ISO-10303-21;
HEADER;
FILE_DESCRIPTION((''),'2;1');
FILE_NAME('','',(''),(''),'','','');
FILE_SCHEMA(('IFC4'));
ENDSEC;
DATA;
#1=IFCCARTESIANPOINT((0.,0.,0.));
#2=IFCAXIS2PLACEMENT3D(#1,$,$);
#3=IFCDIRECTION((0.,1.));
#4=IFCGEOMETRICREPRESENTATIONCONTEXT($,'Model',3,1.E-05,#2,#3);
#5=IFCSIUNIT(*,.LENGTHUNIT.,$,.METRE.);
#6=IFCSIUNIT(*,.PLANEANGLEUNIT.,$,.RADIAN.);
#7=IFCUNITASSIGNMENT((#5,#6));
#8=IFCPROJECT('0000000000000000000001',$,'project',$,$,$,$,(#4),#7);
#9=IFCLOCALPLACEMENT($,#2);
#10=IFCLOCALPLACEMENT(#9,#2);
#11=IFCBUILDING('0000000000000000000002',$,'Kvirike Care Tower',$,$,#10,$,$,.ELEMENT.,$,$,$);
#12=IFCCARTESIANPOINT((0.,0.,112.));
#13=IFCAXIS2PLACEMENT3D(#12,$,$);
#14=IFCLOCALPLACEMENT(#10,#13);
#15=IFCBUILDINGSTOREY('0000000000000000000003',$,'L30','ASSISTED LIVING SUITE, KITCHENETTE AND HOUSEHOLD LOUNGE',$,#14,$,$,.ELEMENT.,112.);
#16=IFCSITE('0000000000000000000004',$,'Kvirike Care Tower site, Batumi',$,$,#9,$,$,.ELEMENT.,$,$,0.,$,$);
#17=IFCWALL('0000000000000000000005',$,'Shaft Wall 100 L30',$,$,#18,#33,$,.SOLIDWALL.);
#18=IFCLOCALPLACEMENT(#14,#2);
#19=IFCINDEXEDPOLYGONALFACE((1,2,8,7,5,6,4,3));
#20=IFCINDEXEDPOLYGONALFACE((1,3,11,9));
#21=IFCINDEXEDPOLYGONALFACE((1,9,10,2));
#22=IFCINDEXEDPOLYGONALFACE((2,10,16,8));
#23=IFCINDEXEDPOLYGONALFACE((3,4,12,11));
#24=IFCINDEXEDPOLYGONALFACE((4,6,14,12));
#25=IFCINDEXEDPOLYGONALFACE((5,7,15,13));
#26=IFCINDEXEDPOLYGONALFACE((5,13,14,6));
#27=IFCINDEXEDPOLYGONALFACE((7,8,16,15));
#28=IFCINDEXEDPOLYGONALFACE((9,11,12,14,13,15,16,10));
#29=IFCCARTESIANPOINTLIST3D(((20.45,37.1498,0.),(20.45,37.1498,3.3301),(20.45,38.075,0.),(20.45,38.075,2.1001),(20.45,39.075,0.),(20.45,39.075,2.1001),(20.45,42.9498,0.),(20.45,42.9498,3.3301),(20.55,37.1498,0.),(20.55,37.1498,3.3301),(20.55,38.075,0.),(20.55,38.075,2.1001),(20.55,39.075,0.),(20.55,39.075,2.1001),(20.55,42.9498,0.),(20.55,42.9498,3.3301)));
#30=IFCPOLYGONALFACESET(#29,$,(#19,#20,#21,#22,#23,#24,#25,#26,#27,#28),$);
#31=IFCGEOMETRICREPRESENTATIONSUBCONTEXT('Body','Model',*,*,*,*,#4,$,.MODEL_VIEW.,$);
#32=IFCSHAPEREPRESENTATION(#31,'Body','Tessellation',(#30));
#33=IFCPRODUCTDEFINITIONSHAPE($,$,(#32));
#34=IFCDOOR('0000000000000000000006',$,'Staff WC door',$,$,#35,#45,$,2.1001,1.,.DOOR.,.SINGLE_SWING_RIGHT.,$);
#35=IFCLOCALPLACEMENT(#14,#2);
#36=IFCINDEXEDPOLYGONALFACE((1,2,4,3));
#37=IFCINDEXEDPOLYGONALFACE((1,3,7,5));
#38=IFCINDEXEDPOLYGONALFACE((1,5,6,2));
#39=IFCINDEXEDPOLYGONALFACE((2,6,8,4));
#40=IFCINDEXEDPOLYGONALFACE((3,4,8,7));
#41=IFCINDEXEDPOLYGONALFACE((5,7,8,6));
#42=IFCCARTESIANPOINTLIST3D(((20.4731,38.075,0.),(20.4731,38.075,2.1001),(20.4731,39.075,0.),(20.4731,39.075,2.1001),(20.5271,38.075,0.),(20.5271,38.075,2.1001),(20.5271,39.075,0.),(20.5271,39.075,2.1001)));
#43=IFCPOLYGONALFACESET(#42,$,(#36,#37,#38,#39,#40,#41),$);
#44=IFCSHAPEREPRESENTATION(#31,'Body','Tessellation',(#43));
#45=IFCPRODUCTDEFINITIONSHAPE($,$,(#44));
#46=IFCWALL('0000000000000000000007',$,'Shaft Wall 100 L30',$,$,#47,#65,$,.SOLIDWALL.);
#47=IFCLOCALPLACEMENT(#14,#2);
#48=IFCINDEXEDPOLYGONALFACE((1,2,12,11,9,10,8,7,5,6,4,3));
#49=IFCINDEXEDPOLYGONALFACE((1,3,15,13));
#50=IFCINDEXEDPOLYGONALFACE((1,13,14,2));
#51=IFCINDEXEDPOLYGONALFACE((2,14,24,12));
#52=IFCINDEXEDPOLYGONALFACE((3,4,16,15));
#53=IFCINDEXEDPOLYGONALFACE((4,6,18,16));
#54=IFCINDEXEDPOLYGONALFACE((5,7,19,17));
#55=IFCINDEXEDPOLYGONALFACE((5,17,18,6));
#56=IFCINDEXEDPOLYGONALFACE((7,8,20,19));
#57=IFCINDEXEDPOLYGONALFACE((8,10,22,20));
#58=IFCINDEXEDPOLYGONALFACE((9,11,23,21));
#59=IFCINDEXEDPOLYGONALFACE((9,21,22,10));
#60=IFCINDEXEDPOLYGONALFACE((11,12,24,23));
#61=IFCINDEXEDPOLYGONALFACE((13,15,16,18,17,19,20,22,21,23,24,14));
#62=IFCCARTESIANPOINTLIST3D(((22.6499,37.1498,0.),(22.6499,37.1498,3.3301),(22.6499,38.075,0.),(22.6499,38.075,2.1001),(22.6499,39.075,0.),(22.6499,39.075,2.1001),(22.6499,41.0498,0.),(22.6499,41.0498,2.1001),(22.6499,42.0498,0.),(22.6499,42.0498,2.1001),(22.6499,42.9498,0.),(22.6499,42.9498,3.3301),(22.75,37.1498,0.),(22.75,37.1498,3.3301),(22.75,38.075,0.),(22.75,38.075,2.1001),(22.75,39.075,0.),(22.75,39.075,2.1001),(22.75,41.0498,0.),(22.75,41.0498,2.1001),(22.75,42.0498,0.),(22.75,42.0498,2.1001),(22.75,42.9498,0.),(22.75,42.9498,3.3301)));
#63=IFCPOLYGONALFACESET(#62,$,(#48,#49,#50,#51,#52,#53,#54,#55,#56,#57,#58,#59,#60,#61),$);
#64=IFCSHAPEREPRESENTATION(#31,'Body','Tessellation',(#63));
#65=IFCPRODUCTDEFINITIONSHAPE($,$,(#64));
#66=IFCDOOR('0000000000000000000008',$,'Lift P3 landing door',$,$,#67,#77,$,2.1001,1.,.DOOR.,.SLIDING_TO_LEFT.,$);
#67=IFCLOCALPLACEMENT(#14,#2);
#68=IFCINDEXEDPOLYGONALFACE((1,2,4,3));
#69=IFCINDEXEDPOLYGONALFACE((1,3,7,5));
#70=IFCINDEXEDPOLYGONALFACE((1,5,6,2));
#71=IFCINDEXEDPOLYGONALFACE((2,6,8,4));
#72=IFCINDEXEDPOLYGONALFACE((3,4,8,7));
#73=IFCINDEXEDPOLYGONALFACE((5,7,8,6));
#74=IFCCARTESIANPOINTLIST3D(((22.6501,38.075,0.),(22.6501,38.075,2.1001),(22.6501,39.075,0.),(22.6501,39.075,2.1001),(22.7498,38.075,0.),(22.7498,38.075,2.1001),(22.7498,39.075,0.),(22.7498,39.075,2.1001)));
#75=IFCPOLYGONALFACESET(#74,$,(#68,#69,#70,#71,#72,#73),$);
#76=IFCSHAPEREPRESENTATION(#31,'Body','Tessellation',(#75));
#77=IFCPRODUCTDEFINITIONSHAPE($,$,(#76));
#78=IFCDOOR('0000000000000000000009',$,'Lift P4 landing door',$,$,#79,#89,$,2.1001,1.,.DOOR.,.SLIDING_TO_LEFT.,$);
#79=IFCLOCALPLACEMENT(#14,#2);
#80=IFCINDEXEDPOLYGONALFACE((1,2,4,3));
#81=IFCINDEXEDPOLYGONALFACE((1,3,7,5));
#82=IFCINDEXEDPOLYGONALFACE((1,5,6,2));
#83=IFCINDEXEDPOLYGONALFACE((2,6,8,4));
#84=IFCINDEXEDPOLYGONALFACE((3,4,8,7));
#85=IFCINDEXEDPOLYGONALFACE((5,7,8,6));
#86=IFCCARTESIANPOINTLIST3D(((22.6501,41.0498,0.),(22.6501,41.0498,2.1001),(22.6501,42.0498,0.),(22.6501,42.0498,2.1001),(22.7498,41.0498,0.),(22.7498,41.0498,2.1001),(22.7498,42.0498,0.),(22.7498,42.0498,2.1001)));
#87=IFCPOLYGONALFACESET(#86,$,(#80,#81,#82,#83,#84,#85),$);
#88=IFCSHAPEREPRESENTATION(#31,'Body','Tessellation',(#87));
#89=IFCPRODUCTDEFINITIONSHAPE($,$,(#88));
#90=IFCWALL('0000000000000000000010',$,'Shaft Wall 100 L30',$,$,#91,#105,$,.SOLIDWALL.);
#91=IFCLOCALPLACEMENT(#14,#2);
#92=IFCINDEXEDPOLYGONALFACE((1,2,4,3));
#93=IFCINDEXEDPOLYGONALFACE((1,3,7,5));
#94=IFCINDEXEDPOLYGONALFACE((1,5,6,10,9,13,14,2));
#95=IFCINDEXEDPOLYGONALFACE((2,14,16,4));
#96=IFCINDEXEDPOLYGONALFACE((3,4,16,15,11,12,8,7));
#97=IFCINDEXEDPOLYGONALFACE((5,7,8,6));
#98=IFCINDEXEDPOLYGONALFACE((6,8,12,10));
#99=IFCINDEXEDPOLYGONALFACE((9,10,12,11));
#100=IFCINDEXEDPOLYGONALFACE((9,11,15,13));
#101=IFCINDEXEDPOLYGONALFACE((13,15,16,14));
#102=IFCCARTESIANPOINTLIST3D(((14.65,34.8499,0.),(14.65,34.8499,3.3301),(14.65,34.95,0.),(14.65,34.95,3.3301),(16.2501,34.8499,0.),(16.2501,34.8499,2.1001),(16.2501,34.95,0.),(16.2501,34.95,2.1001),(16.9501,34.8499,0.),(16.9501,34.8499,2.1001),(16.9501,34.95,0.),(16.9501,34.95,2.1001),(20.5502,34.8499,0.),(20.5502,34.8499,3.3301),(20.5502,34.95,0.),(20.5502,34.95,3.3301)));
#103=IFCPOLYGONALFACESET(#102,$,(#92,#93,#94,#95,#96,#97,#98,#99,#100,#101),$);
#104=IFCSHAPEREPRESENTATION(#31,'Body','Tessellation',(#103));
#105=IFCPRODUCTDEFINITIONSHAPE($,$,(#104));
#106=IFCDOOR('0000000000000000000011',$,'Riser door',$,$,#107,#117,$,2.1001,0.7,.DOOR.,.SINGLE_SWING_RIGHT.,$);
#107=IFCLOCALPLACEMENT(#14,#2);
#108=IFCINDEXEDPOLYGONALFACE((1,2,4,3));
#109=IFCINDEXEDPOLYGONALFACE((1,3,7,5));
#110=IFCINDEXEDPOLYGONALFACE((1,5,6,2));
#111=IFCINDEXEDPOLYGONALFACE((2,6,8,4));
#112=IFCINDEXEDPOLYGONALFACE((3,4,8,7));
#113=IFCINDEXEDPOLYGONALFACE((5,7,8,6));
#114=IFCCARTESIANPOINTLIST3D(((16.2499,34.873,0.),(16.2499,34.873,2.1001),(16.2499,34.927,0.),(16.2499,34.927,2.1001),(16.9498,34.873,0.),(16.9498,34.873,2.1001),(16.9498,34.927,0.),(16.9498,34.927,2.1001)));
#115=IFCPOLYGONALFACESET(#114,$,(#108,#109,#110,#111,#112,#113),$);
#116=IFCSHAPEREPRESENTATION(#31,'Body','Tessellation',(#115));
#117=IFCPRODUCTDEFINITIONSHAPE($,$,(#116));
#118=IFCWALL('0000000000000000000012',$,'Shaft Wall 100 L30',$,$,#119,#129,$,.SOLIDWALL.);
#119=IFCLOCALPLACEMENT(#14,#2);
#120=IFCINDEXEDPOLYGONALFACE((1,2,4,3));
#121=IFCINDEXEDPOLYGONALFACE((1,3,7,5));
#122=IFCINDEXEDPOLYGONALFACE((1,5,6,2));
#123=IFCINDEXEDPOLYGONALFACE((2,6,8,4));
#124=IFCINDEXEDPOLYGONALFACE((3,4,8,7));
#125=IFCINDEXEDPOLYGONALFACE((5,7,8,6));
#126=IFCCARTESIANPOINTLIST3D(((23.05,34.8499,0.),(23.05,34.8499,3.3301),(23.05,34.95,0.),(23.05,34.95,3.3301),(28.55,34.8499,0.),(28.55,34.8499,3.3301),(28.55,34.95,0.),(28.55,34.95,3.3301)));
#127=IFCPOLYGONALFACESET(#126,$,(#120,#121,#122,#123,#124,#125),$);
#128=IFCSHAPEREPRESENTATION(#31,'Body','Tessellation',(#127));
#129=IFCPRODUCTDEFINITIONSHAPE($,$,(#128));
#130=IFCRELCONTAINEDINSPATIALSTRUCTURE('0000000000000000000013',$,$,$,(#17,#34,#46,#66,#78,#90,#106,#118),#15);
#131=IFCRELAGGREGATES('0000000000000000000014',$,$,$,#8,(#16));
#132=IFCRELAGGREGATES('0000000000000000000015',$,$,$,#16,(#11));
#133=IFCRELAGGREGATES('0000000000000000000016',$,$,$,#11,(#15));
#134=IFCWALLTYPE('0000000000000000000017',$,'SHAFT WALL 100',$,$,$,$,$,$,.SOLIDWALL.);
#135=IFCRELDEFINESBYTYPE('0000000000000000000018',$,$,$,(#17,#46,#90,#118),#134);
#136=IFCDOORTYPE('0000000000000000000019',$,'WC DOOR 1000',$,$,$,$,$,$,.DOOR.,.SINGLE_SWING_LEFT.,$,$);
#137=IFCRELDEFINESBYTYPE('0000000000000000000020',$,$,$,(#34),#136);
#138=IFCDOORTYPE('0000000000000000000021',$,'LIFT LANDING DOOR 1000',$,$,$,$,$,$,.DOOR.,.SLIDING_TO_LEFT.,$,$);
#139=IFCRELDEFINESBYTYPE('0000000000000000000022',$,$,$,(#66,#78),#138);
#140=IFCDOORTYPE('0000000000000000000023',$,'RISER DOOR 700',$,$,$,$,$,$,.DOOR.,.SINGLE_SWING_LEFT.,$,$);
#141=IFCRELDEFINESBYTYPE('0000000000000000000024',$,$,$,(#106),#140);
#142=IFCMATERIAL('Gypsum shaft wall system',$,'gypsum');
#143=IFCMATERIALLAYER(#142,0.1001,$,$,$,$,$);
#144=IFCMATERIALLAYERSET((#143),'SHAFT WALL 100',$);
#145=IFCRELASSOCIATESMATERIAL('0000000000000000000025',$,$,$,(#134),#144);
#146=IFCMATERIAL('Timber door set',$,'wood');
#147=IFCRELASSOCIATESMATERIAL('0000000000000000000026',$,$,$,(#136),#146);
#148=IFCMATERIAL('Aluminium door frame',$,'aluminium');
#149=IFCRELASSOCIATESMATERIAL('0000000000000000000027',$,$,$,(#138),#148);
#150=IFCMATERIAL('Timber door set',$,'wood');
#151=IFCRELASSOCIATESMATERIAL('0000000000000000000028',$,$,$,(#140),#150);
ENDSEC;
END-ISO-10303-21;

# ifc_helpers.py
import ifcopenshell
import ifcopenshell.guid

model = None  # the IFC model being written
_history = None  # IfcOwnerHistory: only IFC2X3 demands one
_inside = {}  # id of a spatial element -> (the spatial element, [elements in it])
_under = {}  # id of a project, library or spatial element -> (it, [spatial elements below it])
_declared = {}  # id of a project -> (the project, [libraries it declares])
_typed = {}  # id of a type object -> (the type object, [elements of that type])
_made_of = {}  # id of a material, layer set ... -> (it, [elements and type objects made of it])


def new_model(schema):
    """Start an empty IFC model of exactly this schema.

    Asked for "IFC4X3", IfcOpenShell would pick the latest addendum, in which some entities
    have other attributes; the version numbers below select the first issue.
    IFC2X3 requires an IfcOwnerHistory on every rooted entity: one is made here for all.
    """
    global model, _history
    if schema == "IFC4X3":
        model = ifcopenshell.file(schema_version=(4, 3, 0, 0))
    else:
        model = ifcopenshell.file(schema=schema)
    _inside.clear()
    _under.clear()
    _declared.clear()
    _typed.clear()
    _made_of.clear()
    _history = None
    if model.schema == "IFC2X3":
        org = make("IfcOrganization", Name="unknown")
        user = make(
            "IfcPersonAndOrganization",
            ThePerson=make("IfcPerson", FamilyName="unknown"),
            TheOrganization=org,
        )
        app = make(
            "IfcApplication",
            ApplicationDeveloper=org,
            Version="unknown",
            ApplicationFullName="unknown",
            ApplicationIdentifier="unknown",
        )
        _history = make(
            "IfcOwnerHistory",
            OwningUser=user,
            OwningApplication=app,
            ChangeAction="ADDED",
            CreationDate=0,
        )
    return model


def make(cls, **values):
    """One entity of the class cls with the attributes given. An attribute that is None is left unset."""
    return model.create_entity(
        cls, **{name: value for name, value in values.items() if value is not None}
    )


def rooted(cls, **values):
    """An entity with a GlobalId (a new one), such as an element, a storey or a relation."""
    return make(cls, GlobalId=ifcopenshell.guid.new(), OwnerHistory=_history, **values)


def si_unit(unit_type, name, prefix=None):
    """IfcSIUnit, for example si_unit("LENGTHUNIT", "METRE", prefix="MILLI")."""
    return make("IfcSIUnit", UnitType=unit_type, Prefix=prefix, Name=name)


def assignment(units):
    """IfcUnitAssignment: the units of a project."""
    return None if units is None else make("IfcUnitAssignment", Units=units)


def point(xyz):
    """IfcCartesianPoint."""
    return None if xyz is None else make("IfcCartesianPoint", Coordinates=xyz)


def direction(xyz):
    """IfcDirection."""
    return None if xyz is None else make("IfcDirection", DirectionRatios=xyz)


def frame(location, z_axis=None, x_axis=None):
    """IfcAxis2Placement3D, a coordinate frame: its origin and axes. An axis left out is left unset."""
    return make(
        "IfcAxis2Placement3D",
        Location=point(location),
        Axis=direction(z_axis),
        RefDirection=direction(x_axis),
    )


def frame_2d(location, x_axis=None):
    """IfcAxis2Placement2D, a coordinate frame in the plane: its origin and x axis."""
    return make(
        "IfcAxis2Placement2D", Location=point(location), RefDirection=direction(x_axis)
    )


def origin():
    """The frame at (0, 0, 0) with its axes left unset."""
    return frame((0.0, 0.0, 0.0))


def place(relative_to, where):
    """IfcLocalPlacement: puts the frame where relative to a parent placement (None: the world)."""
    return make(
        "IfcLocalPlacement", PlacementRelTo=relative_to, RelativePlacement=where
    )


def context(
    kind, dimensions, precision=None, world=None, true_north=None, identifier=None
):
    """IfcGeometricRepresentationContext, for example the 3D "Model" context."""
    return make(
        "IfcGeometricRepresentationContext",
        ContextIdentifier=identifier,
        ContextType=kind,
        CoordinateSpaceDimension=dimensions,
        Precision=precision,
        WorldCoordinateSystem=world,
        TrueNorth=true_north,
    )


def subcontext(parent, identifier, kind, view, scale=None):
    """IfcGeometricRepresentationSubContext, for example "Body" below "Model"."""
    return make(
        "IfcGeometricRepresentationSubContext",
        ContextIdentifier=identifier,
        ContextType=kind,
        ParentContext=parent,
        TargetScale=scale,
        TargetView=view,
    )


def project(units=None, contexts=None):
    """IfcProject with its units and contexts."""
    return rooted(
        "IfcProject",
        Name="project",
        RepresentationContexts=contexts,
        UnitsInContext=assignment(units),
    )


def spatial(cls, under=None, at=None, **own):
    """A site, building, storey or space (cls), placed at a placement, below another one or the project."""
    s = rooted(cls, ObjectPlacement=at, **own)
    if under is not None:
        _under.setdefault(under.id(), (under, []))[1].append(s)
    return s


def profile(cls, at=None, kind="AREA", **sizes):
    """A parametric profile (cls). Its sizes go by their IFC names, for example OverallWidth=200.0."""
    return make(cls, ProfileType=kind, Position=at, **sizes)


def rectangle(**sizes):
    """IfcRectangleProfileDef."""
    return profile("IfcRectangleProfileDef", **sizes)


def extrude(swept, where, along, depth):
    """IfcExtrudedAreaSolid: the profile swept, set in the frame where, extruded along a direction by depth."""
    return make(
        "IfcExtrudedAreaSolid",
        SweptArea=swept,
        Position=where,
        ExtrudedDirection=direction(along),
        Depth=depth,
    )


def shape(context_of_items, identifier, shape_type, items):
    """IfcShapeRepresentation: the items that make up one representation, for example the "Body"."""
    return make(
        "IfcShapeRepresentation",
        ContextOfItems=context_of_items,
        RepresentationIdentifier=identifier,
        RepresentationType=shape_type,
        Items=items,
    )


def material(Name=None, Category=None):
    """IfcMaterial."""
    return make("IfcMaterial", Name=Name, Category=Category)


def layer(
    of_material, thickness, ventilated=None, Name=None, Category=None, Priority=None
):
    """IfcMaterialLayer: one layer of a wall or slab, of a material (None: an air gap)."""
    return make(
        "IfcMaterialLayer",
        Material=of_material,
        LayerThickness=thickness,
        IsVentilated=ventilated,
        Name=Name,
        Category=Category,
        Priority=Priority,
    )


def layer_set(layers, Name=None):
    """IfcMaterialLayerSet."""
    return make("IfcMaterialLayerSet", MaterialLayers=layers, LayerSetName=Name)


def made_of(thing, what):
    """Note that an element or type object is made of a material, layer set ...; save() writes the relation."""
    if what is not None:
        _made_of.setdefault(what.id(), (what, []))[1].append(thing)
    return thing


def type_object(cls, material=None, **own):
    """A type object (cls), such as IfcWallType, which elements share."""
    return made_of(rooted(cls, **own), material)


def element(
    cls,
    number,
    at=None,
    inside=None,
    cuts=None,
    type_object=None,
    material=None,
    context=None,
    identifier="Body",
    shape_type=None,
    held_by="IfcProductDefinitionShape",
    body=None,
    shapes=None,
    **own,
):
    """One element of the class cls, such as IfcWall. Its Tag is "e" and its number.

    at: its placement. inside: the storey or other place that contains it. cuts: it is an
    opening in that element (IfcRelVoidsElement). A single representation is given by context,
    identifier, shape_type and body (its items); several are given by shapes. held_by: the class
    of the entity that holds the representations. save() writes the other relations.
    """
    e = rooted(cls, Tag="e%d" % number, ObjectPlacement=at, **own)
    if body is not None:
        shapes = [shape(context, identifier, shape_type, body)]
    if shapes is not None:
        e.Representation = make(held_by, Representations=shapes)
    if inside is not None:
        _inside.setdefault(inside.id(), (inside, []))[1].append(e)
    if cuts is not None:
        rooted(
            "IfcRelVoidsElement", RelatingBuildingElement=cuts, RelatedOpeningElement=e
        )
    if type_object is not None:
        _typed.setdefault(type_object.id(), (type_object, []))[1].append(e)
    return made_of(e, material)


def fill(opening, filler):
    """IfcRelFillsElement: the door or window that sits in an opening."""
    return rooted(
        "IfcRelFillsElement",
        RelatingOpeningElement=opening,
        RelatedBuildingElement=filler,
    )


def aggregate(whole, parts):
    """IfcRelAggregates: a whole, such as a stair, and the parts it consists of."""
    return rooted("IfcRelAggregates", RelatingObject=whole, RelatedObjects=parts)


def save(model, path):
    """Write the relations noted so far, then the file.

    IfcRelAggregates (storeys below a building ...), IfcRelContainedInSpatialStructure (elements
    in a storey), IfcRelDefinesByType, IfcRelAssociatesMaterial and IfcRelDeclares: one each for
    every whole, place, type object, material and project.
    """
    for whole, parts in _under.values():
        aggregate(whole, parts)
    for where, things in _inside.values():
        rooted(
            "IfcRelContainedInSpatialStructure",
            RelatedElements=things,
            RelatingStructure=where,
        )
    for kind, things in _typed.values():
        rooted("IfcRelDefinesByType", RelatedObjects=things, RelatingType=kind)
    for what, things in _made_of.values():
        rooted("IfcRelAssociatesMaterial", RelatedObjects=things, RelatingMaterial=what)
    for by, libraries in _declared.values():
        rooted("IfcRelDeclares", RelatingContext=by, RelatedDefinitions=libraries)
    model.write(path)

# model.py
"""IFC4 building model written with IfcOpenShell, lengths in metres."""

from ifc_helpers import new_model, si_unit, direction, frame, frame_2d, origin, place, context, subcontext, project, spatial, rectangle, extrude, material, layer, layer_set, type_object, element, fill, save


model = new_model("IFC4")

# Units and contexts
model_context = context("Model", 3, precision=1e-05, world=origin(), true_north=direction((0.0, 1.0)))
body_context = subcontext(model_context, "Body", "Model", "MODEL_VIEW")
ifc_project = project(units=[si_unit("LENGTHUNIT", "METRE"), si_unit("PLANEANGLEUNIT", "RADIAN")], contexts=[model_context])

# Site, building, storey
site_placement = place(None, origin())
site = spatial("IfcSite", under=ifc_project, at=site_placement, Name="Kvirike Care Tower site, Batumi", CompositionType="ELEMENT", RefElevation=0.0)
building_placement = place(site_placement, origin())
building = spatial("IfcBuilding", under=site, at=building_placement, Name="Kvirike Care Tower", CompositionType="ELEMENT")
storey_placement = place(building_placement, frame((0.0, 0.0, 112.0)))
storey = spatial("IfcBuildingStorey", under=building, at=storey_placement, Name="L30", Description="ASSISTED LIVING SUITE, KITCHENETTE AND HOUSEHOLD LOUNGE", CompositionType="ELEMENT", Elevation=112.0)

# Shared definitions
ifc_material_1 = material(Name="Gypsum shaft wall system", Category="gypsum")
ifc_layer_1 = layer(ifc_material_1, 0.1001)
ifc_layer_set_1 = layer_set([ifc_layer_1], Name="SHAFT WALL 100")
wall_type_1 = type_object("IfcWallType", Name="SHAFT WALL 100", PredefinedType="SOLIDWALL", material=ifc_layer_set_1)

# Wall, opening, door
wall_1_placement = place(storey_placement, frame((20.5, 37.1499, 0.0), z_axis=(0.0, 0.0, 1.0), x_axis=(0.0, 1.0, 0.0)))
wall_1 = element("IfcWall", 1, at=wall_1_placement, inside=storey, type_object=wall_type_1, Name="Shaft Wall 100 L30", PredefinedType="SOLIDWALL", context=body_context, shape_type="SweptSolid", body=[
    extrude(rectangle(XDim=5.8, YDim=0.1001, at=frame_2d((2.8999, 0.0))), origin(), (0.0, 0.0, 1.0), 3.3301),
])
opening_1_placement = place(wall_1_placement, frame((0.925, 0.0, 0.0)))
opening_1 = element("IfcOpeningElement", 2, at=opening_1_placement, cuts=wall_1, PredefinedType="OPENING", context=body_context, shape_type="SweptSolid", body=[
    extrude(rectangle(XDim=1.0, YDim=2.1001, at=frame_2d((0.5, 1.05))), frame((0.0, 0.0605, 0.0), z_axis=(0.0, -1.0, 0.0), x_axis=(1.0, 0.0, 0.0)), (0.0, 0.0, 1.0), 0.1211),
])
ifc_material_2 = material(Name="Timber door set", Category="wood")
door_type_1 = type_object("IfcDoorType", Name="WC DOOR 1000", OperationType="SINGLE_SWING_LEFT", PredefinedType="DOOR", material=ifc_material_2)
door_1_placement = place(opening_1_placement, origin())
door_1 = element("IfcDoor", 3, at=door_1_placement, inside=storey, type_object=door_type_1, Name="Staff WC door", OperationType="SINGLE_SWING_RIGHT", OverallHeight=2.1001, OverallWidth=1.0, PredefinedType="DOOR", context=body_context, shape_type="SweptSolid", body=[
    extrude(rectangle(XDim=1.0, YDim=2.1001, at=frame_2d((0.5, 1.05))), frame((0.0, 0.0269, 0.0), z_axis=(0.0, -1.0, 0.0), x_axis=(1.0, 0.0, 0.0)), (0.0, 0.0, 1.0), 0.054),
])
fill(opening_1, door_1)

# Wall, openings, doors
wall_2_placement = place(storey_placement, frame((22.7, 37.1499, 0.0), z_axis=(0.0, 0.0, 1.0), x_axis=(0.0, 1.0, 0.0)))
wall_2 = element("IfcWall", 4, at=wall_2_placement, inside=storey, type_object=wall_type_1, Name="Shaft Wall 100 L30", PredefinedType="SOLIDWALL", context=body_context, shape_type="SweptSolid", body=[
    extrude(rectangle(XDim=5.8, YDim=0.1001, at=frame_2d((2.8999, 0.0))), origin(), (0.0, 0.0, 1.0), 3.3301),
])
opening_2_placement = place(wall_2_placement, frame((0.925, 0.0, 0.0)))
opening_2 = element("IfcOpeningElement", 5, at=opening_2_placement, cuts=wall_2, PredefinedType="OPENING", context=body_context, shape_type="SweptSolid", body=[
    extrude(rectangle(XDim=1.0, YDim=2.1001, at=frame_2d((0.5, 1.05))), frame((0.0, 0.0605, 0.0), z_axis=(0.0, -1.0, 0.0), x_axis=(1.0, 0.0, 0.0)), (0.0, 0.0, 1.0), 0.1211),
])
opening_3_placement = place(wall_2_placement, frame((3.8999, 0.0, 0.0)))
opening_3 = element("IfcOpeningElement", 6, at=opening_3_placement, cuts=wall_2, PredefinedType="OPENING", context=body_context, shape_type="SweptSolid", body=[
    extrude(rectangle(XDim=1.0, YDim=2.1001, at=frame_2d((0.5, 1.05))), frame((0.0, 0.0605, 0.0), z_axis=(0.0, -1.0, 0.0), x_axis=(1.0, 0.0, 0.0)), (0.0, 0.0, 1.0), 0.1211),
])
ifc_material_3 = material(Name="Aluminium door frame", Category="aluminium")
door_type_2 = type_object("IfcDoorType", Name="LIFT LANDING DOOR 1000", OperationType="SLIDING_TO_LEFT", PredefinedType="DOOR", material=ifc_material_3)
door_2_placement = place(opening_2_placement, origin())
door_2 = element("IfcDoor", 7, at=door_2_placement, inside=storey, type_object=door_type_2, Name="Lift P3 landing door", OperationType="SLIDING_TO_LEFT", OverallHeight=2.1001, OverallWidth=1.0, PredefinedType="DOOR", context=body_context, shape_type="SweptSolid", body=[
    extrude(rectangle(XDim=1.0, YDim=2.1001, at=frame_2d((0.5, 1.05))), frame((0.0, 0.0498, 0.0), z_axis=(0.0, -1.0, 0.0), x_axis=(1.0, 0.0, 0.0)), (0.0, 0.0, 1.0), 0.0996),
])
fill(opening_2, door_2)
door_3_placement = place(opening_3_placement, origin())
door_3 = element("IfcDoor", 8, at=door_3_placement, inside=storey, type_object=door_type_2, Name="Lift P4 landing door", OperationType="SLIDING_TO_LEFT", OverallHeight=2.1001, OverallWidth=1.0, PredefinedType="DOOR", context=body_context, shape_type="SweptSolid", body=[
    extrude(rectangle(XDim=1.0, YDim=2.1001, at=frame_2d((0.5, 1.05))), frame((0.0, 0.0498, 0.0), z_axis=(0.0, -1.0, 0.0), x_axis=(1.0, 0.0, 0.0)), (0.0, 0.0, 1.0), 0.0996),
])
fill(opening_3, door_3)

# Wall, opening, door
wall_3_placement = place(storey_placement, frame((14.6499, 34.8999, 0.0), z_axis=(0.0, 0.0, 1.0), x_axis=(1.0, 0.0, 0.0)))
wall_3 = element("IfcWall", 9, at=wall_3_placement, inside=storey, type_object=wall_type_1, Name="Shaft Wall 100 L30", PredefinedType="SOLIDWALL", context=body_context, shape_type="SweptSolid", body=[
    extrude(rectangle(XDim=5.9001, YDim=0.1001, at=frame_2d((2.9502, 0.0))), origin(), (0.0, 0.0, 1.0), 3.3301),
])
opening_4_placement = place(wall_3_placement, frame((1.6001, 0.0, 0.0)))
opening_4 = element("IfcOpeningElement", 10, at=opening_4_placement, cuts=wall_3, PredefinedType="OPENING", context=body_context, shape_type="SweptSolid", body=[
    extrude(rectangle(XDim=0.7, YDim=2.1001, at=frame_2d((0.3501, 1.05))), frame((0.0, 0.0605, 0.0), z_axis=(0.0, -1.0, 0.0), x_axis=(1.0, 0.0, 0.0)), (0.0, 0.0, 1.0), 0.1211),
])
ifc_material_4 = material(Name="Timber door set", Category="wood")
door_type_3 = type_object("IfcDoorType", Name="RISER DOOR 700", OperationType="SINGLE_SWING_LEFT", PredefinedType="DOOR", material=ifc_material_4)
door_4_placement = place(opening_4_placement, frame((0.7, 0.0, 0.0), z_axis=(0.0, 0.0, 1.0), x_axis=(-1.0, 0.0, 0.0)))
door_4 = element("IfcDoor", 11, at=door_4_placement, inside=storey, type_object=door_type_3, Name="Riser door", OperationType="SINGLE_SWING_RIGHT", OverallHeight=2.1001, OverallWidth=0.7, PredefinedType="DOOR", context=body_context, shape_type="SweptSolid", body=[
    extrude(rectangle(XDim=0.7, YDim=2.1001, at=frame_2d((0.3501, 1.05))), frame((0.0, 0.0269, 0.0), z_axis=(0.0, -1.0, 0.0), x_axis=(1.0, 0.0, 0.0)), (0.0, 0.0, 1.0), 0.054),
])
fill(opening_4, door_4)

# Wall
wall_4_placement = place(storey_placement, frame((23.05, 34.8999, 0.0), z_axis=(0.0, 0.0, 1.0), x_axis=(1.0, 0.0, 0.0)))
element("IfcWall", 12, at=wall_4_placement, inside=storey, type_object=wall_type_1, Name="Shaft Wall 100 L30", PredefinedType="SOLIDWALL", context=body_context, shape_type="SweptSolid", body=[
    extrude(rectangle(XDim=5.5, YDim=0.1001, at=frame_2d((2.75, 0.0))), origin(), (0.0, 0.0, 1.0), 3.3301),
])

save(model, "model.ifc")
